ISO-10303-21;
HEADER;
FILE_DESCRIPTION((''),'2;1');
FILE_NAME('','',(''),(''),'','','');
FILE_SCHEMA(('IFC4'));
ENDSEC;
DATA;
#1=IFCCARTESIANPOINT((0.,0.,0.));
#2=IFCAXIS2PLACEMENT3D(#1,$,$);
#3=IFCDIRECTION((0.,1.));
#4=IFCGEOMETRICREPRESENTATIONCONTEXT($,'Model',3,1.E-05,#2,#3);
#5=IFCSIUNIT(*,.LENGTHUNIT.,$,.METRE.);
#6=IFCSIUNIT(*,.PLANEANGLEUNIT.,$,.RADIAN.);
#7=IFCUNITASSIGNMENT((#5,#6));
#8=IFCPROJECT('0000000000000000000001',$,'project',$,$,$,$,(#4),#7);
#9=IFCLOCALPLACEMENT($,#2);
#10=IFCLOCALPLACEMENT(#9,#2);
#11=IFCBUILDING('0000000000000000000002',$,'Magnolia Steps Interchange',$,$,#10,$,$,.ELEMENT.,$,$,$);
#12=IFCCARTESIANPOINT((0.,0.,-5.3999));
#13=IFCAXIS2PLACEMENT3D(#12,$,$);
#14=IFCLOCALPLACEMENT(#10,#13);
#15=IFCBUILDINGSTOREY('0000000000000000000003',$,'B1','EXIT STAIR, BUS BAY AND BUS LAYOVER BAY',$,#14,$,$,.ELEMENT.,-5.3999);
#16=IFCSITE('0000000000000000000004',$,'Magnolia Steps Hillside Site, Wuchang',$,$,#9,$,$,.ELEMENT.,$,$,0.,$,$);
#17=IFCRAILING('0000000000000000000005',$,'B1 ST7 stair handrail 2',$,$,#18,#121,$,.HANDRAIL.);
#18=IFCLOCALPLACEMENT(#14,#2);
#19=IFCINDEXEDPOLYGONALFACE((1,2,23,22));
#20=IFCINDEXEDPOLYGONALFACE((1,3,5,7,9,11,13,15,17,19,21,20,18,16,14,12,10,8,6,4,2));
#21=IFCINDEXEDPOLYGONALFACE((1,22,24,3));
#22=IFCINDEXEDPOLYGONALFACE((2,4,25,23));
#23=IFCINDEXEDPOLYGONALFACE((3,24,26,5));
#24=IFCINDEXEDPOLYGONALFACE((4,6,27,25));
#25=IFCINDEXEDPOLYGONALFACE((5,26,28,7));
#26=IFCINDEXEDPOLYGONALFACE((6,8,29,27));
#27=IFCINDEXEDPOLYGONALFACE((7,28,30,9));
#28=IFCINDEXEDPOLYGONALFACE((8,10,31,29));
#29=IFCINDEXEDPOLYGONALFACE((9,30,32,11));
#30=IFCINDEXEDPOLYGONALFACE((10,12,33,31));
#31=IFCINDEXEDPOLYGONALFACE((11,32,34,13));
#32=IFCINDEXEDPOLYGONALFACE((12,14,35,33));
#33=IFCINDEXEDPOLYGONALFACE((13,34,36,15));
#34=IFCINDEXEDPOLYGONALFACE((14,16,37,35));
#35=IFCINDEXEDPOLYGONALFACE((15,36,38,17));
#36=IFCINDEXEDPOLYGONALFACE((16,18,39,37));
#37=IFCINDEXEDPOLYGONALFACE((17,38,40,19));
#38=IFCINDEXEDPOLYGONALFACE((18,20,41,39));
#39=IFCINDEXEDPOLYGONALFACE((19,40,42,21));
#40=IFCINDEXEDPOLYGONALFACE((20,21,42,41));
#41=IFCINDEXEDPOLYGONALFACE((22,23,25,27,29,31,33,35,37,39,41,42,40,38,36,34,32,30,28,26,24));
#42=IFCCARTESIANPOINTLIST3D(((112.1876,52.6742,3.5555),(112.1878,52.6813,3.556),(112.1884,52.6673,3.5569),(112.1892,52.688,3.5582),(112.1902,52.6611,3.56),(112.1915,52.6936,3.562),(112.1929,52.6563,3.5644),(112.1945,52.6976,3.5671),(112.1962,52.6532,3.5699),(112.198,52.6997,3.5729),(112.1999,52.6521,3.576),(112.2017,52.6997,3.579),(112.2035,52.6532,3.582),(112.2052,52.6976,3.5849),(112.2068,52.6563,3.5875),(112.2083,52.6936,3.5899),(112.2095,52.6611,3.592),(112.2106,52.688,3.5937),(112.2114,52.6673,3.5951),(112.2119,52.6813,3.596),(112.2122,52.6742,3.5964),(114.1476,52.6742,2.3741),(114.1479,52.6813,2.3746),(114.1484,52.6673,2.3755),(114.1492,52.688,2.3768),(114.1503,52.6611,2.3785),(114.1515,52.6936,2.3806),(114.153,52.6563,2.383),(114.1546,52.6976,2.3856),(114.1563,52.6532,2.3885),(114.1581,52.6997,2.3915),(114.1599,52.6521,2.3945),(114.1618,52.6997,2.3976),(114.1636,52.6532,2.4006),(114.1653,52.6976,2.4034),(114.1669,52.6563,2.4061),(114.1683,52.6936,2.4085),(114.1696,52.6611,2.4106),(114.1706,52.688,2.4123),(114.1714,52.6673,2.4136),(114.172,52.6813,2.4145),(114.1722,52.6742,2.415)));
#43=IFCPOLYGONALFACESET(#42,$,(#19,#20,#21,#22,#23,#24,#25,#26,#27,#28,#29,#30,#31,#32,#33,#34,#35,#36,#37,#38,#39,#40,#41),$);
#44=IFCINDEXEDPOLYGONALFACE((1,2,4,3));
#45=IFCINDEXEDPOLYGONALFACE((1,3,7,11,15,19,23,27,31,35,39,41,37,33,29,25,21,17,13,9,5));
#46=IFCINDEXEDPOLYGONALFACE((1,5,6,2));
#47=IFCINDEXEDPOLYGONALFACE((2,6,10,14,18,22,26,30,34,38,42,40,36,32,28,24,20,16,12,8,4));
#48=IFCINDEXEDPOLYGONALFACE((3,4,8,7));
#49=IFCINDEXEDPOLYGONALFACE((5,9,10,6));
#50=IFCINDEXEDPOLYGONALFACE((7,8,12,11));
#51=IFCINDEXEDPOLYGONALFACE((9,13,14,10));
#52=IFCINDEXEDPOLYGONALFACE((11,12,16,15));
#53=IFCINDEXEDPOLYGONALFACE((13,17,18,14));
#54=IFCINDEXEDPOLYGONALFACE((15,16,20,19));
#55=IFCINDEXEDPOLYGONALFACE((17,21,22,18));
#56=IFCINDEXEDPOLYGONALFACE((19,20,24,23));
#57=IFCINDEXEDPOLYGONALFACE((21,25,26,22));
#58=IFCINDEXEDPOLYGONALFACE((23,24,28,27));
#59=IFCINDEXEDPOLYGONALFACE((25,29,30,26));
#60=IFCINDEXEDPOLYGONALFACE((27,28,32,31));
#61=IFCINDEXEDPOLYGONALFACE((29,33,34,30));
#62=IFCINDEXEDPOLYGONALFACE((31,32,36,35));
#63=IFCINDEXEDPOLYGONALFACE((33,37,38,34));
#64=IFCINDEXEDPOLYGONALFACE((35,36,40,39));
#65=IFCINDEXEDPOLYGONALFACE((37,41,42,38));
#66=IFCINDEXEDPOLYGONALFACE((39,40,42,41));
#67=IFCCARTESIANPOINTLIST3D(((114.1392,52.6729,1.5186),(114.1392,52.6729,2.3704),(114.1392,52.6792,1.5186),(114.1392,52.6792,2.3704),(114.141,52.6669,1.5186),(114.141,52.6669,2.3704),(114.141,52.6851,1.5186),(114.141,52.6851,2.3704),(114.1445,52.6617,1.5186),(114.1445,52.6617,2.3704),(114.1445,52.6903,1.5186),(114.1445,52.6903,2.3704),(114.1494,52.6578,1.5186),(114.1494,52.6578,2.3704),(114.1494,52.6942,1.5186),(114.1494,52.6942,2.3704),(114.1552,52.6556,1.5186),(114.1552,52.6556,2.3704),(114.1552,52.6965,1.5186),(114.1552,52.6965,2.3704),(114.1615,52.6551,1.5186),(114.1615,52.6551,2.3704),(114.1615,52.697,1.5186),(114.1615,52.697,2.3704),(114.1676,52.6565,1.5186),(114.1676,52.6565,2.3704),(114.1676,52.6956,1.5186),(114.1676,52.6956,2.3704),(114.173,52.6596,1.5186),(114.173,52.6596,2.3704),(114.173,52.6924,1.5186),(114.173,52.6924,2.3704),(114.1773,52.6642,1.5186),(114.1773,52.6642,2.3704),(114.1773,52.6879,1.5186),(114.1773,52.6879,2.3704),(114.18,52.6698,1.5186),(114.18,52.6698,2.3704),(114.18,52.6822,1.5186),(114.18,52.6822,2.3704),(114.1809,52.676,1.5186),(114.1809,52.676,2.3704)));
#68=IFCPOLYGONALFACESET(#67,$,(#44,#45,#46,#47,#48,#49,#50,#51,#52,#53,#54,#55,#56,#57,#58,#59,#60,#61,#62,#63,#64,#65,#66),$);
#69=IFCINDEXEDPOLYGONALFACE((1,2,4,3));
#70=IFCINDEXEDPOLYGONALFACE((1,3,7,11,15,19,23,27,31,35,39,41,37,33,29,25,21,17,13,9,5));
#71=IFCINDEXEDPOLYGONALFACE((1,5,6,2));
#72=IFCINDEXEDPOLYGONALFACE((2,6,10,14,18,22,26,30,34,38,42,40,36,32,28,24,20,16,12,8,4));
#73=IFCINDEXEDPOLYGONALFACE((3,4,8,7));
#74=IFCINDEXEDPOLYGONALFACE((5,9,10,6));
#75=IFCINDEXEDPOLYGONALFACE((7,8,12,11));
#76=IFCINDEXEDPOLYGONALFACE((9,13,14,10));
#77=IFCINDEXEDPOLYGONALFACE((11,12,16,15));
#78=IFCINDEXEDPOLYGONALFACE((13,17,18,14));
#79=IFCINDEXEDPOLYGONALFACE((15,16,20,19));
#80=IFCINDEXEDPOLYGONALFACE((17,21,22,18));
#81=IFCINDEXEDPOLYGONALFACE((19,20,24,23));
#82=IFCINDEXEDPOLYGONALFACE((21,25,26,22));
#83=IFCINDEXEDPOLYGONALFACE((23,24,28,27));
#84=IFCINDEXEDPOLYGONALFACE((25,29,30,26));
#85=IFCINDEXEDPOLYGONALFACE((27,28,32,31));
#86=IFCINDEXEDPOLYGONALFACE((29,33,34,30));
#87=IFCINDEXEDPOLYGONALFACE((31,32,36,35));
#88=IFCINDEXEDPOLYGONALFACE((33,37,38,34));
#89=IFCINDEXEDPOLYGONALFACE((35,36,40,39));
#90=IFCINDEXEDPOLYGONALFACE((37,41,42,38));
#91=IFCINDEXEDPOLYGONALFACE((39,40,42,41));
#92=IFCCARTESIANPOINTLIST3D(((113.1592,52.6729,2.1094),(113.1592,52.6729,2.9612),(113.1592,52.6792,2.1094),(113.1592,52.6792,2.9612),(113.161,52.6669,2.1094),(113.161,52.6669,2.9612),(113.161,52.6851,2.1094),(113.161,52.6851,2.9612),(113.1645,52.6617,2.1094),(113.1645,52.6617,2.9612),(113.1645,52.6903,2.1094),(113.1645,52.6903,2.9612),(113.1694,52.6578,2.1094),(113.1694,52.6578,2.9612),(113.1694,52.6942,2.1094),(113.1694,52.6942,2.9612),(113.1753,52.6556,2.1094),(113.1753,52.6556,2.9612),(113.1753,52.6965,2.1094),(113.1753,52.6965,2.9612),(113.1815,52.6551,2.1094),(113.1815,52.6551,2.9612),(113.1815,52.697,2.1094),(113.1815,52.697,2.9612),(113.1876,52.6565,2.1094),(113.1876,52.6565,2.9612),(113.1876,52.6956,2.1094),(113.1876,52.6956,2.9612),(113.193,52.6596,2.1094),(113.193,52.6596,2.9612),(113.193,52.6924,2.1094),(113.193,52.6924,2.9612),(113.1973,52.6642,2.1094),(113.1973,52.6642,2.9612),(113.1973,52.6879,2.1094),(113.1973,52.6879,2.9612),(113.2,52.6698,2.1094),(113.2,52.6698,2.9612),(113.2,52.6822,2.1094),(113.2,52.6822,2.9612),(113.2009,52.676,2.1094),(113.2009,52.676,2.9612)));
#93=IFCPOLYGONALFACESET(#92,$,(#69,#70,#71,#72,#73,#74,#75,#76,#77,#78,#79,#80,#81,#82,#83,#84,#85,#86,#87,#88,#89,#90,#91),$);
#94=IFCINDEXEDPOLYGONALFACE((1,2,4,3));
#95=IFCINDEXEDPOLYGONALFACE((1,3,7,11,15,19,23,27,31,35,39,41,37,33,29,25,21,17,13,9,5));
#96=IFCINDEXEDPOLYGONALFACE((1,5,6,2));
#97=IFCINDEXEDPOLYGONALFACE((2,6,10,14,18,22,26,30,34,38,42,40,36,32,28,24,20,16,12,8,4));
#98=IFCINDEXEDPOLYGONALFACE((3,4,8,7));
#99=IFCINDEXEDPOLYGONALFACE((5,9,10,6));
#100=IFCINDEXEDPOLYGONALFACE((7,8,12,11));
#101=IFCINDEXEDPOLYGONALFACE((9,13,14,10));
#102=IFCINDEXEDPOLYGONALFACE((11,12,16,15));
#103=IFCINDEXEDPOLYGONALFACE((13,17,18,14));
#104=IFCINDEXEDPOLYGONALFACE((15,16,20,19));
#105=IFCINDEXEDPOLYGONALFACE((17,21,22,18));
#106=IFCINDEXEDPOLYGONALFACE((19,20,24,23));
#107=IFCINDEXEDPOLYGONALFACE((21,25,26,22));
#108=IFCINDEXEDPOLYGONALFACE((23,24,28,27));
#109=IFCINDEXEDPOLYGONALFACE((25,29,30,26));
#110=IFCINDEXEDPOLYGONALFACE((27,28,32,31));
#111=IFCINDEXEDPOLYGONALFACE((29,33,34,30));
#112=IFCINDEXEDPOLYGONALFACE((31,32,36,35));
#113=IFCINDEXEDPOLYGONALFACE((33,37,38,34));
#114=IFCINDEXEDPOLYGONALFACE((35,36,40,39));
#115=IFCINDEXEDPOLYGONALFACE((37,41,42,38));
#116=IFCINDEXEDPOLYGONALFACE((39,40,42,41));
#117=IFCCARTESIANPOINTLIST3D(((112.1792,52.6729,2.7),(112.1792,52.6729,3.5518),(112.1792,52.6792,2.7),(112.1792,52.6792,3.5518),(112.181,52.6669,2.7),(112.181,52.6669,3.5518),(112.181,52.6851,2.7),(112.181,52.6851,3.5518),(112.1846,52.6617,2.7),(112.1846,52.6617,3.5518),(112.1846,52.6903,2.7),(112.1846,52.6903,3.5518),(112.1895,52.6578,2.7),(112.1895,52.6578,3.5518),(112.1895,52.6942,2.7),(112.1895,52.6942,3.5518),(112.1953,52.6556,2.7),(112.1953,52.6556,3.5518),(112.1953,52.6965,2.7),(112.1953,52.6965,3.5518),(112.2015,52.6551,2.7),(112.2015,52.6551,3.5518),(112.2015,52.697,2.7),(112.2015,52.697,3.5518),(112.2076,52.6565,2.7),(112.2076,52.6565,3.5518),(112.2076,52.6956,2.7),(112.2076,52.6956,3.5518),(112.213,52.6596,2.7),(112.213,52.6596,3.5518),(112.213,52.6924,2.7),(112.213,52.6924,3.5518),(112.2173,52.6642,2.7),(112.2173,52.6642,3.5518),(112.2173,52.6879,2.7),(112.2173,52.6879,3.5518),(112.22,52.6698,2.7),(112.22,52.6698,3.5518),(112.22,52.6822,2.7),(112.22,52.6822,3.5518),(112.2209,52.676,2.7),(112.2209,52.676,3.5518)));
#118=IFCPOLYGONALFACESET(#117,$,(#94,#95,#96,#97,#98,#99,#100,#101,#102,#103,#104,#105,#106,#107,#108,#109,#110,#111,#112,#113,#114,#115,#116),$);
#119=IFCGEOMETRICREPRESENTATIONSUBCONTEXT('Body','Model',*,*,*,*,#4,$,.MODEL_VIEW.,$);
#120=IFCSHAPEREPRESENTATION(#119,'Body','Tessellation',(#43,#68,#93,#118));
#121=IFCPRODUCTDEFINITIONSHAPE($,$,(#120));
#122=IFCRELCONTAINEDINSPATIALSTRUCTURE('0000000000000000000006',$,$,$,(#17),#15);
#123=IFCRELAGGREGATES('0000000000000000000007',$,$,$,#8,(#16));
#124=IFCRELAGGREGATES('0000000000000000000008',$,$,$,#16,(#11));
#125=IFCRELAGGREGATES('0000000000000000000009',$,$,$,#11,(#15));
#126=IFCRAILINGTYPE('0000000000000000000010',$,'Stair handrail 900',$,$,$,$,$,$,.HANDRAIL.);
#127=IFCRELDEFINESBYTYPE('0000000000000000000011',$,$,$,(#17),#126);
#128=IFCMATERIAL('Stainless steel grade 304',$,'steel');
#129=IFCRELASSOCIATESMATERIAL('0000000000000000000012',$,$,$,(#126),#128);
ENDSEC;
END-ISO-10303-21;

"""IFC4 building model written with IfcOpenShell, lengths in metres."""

from ifc_helpers import new_model, si_unit, direction, frame, origin, origin_2d, place, context, subcontext, project, spatial, circle, extrude, material, type_object, element, save


model = new_model("IFC4")

# Units and contexts
model_context = context("Model", 3, precision=1e-05, world=origin(), true_north=direction((0.0, 1.0)))
body_context = subcontext(model_context, "Body", "Model", "MODEL_VIEW")
ifc_project = project(units=[si_unit("LENGTHUNIT", "METRE"), si_unit("PLANEANGLEUNIT", "RADIAN")], contexts=[model_context])

# Site, building, storey
site_placement = place(None, origin())
site = spatial("IfcSite", under=ifc_project, at=site_placement, Name="Magnolia Steps Hillside Site, Wuchang", CompositionType="ELEMENT", RefElevation=0.0)
building_placement = place(site_placement, origin())
building = spatial("IfcBuilding", under=site, at=building_placement, Name="Magnolia Steps Interchange", CompositionType="ELEMENT")
storey_placement = place(building_placement, frame((0.0, 0.0, -5.3999)))
storey = spatial("IfcBuildingStorey", under=building, at=storey_placement, Name="B1", Description="EXIT STAIR, BUS BAY AND BUS LAYOVER BAY", CompositionType="ELEMENT", Elevation=-5.3999)

# Railing
ifc_material_1 = material(Name="Stainless steel grade 304", Category="steel")
railing_type_1 = type_object("IfcRailingType", Name="Stair handrail 900", PredefinedType="HANDRAIL", material=ifc_material_1)
railing_1_placement = place(storey_placement, frame((114.1599, 52.676, 1.5186)))
element("IfcRailing", 1, at=railing_1_placement, inside=storey, type_object=railing_type_1, Name="B1 ST7 stair handrail 2", PredefinedType="HANDRAIL", context=body_context, shape_type="SweptSolid", body=[
    extrude(circle(Radius=0.0239, at=origin_2d()), frame((0.0, 0.0, 0.876), z_axis=(-0.856446, 0.0, 0.516236), x_axis=(0.0, -1.0, 0.0)), (0.0, 0.0, 1.0), 2.2886),
    extrude(circle(Radius=0.021, at=origin_2d()), origin(), (0.0, 0.0, 1.0), 0.8518),
    extrude(circle(Radius=0.021, at=origin_2d()), frame((-0.98, 0.0, 0.5908)), (0.0, 0.0, 1.0), 0.8518),
    extrude(circle(Radius=0.021, at=origin_2d()), frame((-1.96, 0.0, 1.1814)), (0.0, 0.0, 1.0), 0.8518),
])

save(model, "model.ifc")
